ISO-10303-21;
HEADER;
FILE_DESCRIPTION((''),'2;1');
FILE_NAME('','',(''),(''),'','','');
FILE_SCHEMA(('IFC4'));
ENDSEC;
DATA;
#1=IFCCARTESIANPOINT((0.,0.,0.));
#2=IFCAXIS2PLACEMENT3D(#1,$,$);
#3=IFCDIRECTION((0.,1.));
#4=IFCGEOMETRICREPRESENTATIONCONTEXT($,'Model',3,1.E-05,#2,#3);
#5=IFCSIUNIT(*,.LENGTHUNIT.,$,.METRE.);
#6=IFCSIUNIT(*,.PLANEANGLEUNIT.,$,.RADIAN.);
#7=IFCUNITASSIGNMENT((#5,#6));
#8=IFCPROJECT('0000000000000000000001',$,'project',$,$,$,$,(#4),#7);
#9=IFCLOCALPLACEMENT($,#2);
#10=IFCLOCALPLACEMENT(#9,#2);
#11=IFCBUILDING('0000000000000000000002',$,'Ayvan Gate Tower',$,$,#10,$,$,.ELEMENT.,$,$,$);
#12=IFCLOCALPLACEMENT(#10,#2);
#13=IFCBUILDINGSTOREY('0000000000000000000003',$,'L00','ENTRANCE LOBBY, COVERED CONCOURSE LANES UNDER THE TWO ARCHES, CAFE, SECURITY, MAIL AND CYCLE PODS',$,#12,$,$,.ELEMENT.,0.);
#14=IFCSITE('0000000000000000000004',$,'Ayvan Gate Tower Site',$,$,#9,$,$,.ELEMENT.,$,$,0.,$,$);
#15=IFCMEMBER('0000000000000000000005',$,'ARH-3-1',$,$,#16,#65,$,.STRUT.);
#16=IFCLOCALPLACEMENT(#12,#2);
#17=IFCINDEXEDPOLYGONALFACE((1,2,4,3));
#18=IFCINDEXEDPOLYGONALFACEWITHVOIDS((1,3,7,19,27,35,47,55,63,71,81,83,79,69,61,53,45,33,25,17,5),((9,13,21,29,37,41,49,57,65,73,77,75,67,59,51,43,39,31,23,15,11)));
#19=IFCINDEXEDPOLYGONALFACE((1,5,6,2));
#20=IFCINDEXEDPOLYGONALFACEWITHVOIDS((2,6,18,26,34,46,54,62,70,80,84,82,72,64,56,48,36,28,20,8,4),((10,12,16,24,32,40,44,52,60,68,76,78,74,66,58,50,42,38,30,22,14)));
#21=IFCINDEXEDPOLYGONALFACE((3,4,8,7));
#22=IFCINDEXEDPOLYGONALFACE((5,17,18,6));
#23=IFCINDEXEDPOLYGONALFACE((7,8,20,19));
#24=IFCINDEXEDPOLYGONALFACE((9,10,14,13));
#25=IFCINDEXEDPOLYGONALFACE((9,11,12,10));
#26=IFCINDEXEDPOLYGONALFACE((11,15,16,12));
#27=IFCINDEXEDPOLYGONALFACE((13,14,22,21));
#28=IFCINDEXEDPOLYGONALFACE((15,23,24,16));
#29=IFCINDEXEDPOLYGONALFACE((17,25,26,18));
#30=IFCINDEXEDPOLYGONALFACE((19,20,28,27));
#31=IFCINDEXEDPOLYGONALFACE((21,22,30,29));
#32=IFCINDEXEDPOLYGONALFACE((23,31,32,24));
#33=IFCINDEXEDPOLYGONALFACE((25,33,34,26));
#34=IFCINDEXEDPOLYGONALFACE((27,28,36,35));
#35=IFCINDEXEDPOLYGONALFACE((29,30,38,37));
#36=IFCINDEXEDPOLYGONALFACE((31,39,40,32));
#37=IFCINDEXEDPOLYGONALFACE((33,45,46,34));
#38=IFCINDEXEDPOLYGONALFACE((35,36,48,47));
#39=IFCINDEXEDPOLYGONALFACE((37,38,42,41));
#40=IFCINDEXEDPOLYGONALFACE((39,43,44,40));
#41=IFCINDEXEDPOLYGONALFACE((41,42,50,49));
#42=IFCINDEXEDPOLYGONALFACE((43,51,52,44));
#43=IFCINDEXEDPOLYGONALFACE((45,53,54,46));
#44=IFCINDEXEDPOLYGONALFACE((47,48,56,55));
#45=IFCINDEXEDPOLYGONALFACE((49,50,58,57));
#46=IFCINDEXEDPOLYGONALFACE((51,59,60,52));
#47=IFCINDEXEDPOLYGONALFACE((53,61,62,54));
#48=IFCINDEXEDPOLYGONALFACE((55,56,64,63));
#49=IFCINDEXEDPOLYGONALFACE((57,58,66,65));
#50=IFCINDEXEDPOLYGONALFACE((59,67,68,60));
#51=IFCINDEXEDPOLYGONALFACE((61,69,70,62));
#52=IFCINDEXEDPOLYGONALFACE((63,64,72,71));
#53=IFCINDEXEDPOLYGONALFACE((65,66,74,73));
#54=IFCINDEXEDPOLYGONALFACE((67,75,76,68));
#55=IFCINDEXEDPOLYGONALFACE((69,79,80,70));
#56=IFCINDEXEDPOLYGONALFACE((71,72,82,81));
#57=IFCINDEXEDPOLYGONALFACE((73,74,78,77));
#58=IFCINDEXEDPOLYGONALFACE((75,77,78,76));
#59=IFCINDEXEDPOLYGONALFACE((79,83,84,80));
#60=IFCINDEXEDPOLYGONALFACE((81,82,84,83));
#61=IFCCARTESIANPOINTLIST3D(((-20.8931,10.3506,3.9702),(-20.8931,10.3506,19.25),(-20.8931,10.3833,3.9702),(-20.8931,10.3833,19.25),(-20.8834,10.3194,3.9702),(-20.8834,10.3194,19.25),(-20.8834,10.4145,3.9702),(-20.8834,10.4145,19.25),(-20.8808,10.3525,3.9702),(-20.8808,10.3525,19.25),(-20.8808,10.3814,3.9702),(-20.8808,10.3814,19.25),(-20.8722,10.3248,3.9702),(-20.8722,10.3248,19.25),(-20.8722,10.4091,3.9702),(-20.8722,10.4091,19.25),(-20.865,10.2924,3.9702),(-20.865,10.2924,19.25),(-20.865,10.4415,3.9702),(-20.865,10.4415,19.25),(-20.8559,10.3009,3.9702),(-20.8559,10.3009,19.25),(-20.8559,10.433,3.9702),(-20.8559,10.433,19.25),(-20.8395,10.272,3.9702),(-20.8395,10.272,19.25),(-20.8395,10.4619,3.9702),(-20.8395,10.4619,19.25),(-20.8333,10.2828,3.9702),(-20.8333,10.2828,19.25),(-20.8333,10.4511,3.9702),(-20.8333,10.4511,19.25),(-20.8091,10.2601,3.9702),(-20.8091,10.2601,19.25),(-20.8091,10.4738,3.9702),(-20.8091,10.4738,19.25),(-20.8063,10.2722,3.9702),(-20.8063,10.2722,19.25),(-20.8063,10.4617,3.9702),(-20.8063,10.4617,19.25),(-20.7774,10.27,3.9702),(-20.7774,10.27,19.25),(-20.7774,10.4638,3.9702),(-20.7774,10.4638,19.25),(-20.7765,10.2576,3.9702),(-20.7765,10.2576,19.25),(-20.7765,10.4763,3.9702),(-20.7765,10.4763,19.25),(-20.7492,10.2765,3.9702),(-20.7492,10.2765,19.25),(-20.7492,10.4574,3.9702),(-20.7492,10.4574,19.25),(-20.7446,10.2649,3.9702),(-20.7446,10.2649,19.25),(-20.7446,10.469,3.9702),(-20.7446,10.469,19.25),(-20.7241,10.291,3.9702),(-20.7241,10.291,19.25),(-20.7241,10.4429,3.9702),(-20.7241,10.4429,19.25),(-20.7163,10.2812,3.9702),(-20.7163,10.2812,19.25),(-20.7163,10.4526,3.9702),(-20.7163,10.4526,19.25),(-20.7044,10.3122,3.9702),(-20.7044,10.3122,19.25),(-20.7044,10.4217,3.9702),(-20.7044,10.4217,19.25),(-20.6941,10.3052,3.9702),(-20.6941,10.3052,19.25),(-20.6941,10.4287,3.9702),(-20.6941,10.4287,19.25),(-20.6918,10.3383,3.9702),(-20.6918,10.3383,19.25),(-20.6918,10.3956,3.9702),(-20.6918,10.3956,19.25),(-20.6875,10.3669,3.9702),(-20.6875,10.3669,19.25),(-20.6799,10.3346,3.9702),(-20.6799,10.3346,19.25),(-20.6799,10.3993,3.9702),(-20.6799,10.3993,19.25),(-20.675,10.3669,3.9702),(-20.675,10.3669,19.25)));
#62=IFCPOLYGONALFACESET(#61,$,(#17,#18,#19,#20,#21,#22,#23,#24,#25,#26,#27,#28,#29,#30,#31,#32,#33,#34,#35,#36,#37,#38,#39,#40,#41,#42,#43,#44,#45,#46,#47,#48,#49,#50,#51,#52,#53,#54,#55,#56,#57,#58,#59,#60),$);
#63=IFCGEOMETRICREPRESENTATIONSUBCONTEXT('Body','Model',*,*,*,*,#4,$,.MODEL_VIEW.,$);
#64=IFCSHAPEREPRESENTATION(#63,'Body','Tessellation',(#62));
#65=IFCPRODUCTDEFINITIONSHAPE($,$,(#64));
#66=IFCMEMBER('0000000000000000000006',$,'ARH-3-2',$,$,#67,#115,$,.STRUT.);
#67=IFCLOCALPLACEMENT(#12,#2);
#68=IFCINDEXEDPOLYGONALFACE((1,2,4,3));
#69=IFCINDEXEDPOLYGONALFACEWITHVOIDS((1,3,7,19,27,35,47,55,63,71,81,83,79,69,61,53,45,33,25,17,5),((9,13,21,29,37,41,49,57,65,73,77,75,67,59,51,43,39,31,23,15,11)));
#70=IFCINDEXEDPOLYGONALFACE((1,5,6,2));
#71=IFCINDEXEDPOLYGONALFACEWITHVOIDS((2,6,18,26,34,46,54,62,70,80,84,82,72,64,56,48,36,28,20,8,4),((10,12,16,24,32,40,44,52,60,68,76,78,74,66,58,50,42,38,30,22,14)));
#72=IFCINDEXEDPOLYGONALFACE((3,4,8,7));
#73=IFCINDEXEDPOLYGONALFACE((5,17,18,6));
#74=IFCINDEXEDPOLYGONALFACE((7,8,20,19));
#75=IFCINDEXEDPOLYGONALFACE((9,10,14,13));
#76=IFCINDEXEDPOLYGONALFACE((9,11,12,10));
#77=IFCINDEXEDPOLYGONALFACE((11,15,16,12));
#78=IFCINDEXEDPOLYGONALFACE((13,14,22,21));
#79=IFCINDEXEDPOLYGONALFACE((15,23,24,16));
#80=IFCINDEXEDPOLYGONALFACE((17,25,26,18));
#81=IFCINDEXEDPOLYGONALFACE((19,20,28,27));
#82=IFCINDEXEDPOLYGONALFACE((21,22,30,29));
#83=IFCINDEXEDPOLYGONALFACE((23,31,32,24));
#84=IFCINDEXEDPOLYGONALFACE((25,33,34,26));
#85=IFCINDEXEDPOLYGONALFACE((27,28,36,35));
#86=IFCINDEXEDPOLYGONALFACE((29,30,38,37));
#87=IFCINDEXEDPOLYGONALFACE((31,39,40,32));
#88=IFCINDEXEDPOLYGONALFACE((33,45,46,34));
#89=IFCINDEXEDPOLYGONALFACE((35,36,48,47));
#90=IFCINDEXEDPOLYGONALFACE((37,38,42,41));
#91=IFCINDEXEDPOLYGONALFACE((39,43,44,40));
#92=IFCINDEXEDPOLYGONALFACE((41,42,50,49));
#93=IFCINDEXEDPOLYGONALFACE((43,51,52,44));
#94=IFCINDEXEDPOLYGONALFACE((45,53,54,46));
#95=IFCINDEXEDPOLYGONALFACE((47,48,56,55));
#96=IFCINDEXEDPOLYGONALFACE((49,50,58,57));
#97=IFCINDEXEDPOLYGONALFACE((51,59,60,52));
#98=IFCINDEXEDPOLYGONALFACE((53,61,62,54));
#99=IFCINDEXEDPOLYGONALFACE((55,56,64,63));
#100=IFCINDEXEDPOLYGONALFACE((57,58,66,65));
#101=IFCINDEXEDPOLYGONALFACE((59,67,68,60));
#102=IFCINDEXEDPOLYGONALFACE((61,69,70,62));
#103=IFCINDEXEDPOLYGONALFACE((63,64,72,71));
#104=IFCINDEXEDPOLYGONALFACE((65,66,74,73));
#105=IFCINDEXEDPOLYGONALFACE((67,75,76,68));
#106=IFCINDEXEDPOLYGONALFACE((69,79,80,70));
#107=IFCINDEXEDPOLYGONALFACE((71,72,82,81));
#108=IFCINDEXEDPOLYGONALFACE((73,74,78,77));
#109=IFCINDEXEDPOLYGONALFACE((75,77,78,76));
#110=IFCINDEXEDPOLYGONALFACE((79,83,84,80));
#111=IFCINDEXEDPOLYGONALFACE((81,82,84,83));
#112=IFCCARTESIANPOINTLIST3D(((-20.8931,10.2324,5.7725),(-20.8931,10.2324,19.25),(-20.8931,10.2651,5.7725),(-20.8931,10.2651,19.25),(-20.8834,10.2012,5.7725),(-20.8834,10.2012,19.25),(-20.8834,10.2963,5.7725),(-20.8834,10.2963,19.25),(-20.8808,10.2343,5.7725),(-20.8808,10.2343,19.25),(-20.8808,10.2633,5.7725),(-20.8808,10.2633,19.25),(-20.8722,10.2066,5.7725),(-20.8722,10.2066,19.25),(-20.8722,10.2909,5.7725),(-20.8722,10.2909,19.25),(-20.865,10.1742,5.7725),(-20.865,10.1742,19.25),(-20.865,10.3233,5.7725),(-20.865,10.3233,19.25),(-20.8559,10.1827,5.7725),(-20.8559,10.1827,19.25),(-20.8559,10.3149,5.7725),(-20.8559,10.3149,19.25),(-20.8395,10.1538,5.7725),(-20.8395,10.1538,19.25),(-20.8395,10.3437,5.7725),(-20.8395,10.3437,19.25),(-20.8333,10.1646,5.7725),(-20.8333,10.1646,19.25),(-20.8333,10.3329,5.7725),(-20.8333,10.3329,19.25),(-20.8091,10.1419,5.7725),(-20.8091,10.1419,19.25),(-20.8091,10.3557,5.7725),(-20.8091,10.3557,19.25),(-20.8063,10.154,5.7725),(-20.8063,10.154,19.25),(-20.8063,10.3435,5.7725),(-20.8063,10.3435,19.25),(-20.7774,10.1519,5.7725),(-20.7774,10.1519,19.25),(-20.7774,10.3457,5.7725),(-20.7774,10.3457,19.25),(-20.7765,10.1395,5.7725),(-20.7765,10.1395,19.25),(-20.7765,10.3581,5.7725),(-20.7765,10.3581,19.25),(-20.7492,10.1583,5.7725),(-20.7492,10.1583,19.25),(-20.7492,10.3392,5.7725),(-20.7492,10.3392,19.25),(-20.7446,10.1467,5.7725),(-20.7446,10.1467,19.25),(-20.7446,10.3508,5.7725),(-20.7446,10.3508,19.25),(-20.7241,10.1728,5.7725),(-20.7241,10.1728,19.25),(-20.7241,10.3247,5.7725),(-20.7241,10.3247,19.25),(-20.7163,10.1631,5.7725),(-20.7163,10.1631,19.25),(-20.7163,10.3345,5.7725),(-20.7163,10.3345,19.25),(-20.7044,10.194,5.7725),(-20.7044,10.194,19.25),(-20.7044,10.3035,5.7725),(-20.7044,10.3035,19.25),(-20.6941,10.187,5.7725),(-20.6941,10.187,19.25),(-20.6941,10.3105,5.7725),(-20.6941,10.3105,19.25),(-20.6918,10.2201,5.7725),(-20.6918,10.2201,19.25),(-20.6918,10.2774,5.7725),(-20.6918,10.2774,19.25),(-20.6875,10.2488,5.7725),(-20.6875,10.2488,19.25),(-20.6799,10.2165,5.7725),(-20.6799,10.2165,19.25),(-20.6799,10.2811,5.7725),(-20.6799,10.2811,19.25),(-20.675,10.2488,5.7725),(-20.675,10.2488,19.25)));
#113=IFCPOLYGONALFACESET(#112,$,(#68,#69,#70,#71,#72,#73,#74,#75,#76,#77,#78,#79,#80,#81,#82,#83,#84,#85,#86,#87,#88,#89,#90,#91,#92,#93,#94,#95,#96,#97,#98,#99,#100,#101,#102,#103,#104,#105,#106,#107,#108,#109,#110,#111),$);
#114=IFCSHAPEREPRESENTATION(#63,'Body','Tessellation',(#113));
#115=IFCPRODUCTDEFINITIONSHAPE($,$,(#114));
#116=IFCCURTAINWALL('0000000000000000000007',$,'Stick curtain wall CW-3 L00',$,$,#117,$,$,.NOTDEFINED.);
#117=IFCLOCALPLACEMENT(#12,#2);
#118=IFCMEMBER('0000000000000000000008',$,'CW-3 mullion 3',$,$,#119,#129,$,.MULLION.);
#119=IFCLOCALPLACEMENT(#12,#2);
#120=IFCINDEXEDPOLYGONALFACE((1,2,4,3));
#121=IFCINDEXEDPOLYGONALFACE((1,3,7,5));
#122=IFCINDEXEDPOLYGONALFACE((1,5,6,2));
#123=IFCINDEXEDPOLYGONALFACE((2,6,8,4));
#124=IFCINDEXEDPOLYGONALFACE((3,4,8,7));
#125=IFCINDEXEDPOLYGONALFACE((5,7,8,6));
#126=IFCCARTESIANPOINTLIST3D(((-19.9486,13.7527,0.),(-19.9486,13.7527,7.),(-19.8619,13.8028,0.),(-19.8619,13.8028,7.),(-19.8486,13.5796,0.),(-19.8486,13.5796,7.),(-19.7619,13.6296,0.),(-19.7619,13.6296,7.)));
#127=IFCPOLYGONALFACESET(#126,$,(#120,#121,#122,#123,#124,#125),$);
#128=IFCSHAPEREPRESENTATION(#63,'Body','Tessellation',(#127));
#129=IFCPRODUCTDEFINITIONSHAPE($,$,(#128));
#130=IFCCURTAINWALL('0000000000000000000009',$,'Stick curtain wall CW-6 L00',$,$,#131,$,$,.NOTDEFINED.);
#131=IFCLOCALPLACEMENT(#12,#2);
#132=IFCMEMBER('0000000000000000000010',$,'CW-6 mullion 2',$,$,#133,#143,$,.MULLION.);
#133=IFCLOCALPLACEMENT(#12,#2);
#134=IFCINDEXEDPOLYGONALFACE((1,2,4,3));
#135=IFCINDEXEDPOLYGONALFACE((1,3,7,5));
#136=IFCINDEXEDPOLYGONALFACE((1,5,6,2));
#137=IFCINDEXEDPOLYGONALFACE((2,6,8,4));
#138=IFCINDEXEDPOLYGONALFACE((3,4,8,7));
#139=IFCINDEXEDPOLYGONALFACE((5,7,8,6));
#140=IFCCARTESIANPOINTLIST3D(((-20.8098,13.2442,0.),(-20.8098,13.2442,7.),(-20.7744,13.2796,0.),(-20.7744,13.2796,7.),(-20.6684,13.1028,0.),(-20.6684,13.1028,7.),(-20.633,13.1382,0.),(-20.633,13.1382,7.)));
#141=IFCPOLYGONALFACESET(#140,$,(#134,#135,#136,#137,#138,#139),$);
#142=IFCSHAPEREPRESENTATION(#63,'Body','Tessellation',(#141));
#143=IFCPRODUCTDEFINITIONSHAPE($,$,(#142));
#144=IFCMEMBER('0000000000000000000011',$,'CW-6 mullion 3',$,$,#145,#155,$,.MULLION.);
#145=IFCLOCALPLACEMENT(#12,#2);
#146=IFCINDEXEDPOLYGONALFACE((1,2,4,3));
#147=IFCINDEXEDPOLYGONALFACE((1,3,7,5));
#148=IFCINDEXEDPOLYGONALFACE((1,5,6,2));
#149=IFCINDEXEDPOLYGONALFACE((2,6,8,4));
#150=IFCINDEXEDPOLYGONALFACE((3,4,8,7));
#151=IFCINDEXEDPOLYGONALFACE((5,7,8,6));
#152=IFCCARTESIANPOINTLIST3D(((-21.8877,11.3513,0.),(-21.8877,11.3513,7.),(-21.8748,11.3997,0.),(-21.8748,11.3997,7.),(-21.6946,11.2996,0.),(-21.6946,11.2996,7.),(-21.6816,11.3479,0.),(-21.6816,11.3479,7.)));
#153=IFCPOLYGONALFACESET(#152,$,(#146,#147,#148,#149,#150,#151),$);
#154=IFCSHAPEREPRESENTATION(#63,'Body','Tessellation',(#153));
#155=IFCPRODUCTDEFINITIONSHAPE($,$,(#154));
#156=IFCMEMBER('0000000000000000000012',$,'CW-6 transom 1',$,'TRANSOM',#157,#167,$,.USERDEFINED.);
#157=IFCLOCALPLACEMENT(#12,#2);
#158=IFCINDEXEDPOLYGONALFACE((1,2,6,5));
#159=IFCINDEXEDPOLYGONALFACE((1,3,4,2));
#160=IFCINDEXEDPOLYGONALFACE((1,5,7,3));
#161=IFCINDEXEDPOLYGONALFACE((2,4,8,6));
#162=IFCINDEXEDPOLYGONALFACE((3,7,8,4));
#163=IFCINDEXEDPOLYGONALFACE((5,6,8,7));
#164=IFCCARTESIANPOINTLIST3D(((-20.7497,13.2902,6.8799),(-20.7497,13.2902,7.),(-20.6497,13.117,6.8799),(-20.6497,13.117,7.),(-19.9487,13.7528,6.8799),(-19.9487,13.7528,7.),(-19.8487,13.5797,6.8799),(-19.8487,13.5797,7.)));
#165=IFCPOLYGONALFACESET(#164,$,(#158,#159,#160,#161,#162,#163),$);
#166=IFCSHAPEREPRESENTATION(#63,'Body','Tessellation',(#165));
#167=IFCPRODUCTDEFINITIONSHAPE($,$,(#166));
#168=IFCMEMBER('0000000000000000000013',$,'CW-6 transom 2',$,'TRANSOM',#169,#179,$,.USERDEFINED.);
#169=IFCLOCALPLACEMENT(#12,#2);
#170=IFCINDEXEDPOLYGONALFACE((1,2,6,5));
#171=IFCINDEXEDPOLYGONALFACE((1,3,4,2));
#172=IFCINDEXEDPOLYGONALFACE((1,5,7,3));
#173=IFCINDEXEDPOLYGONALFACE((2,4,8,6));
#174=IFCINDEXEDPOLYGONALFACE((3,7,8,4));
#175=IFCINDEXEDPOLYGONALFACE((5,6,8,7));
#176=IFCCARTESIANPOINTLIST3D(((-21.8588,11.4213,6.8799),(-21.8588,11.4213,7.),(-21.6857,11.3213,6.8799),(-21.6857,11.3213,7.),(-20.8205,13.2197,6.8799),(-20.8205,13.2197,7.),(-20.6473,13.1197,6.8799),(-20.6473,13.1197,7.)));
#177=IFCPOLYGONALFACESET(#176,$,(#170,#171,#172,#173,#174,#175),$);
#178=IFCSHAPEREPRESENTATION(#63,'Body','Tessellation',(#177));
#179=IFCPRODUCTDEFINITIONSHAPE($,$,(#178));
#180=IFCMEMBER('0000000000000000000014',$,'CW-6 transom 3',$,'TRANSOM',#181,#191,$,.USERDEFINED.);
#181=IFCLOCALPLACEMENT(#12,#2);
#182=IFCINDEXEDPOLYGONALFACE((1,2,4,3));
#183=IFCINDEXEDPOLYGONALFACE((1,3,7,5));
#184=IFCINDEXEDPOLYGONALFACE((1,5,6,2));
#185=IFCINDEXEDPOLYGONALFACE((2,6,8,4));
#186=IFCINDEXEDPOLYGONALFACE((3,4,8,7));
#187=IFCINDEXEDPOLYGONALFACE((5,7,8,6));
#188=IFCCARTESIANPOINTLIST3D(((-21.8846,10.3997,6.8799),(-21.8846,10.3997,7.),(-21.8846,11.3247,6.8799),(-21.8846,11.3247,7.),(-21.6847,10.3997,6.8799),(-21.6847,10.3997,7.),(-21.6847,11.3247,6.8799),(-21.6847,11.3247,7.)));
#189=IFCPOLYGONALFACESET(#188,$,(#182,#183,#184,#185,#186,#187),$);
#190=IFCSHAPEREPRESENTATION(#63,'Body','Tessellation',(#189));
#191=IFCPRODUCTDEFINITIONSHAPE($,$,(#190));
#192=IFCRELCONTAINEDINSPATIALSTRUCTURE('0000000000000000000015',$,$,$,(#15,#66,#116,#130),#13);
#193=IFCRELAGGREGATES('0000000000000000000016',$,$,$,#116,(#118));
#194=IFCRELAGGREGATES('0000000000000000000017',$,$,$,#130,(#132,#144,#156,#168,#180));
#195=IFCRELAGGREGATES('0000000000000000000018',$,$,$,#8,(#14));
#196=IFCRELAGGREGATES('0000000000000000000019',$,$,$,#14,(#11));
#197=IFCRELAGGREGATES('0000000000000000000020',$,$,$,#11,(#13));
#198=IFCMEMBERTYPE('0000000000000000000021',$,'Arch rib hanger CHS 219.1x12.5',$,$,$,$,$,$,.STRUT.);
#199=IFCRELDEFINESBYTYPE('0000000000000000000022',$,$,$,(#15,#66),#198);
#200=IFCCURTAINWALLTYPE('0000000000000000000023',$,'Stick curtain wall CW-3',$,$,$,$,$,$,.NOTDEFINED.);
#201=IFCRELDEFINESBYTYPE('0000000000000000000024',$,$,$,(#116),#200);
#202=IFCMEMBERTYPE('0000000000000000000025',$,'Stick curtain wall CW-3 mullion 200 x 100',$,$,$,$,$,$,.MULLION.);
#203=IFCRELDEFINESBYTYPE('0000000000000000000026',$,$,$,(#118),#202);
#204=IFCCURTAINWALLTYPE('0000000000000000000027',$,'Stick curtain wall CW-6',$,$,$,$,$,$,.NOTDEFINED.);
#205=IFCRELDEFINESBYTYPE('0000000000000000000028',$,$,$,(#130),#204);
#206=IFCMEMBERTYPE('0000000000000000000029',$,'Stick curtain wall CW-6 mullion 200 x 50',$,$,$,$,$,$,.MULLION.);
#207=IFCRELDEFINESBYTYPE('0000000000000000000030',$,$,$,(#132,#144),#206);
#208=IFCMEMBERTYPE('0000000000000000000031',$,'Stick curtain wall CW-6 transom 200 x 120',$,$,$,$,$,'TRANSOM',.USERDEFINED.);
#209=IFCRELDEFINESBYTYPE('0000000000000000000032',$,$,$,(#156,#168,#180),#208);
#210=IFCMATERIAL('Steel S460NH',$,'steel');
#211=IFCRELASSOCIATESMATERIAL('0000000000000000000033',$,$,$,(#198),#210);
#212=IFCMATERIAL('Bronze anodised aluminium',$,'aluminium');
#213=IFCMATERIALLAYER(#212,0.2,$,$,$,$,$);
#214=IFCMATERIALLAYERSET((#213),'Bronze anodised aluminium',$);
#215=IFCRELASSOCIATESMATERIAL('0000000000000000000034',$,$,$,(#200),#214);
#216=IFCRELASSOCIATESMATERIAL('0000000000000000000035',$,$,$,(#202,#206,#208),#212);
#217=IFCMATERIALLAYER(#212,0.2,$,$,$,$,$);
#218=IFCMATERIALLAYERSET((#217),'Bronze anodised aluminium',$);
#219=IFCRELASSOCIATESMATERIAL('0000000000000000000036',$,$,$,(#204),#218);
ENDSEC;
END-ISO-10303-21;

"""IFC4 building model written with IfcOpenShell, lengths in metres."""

from ifc_helpers import new_model, si_unit, direction, frame, origin, origin_2d, place, context, subcontext, project, spatial, rectangle, hollow_circle, extrude, material, layer, layer_set, material_profile, profile_set, type_object, element, aggregate, save


model = new_model("IFC4")

# Units and contexts
model_context = context("Model", 3, precision=1e-05, world=origin(), true_north=direction((0.0, 1.0)))
body_context = subcontext(model_context, "Body", "Model", "MODEL_VIEW")
ifc_project = project(units=[si_unit("LENGTHUNIT", "METRE"), si_unit("PLANEANGLEUNIT", "RADIAN")], contexts=[model_context])

# Site, building, storey
site_placement = place(None, origin())
site = spatial("IfcSite", under=ifc_project, at=site_placement, Name="Ayvan Gate Tower Site", CompositionType="ELEMENT", RefElevation=0.0)
building_placement = place(site_placement, origin())
building = spatial("IfcBuilding", under=site, at=building_placement, Name="Ayvan Gate Tower", CompositionType="ELEMENT")
storey_placement = place(building_placement, origin())
storey = spatial("IfcBuildingStorey", under=building, at=storey_placement, Name="L00", Description="ENTRANCE LOBBY, COVERED CONCOURSE LANES UNDER THE TWO ARCHES, CAFE, SECURITY, MAIL AND CYCLE PODS", CompositionType="ELEMENT", Elevation=0.0)

# Members
ifc_material_1 = material(Name="Steel S460NH", Category="steel")
ifc_material_profile_1 = material_profile(ifc_material_1, hollow_circle(Radius=0.1096, WallThickness=0.0125, at=origin_2d()), Name="CHS 219.1x12.5")
ifc_profile_set_1 = profile_set([ifc_material_profile_1], Name="Steel S460NH")
member_type_1 = type_object("IfcMemberType", Name="Arch rib hanger CHS 219.1x12.5", PredefinedType="STRUT", material=ifc_profile_set_1)
member_1_placement = place(storey_placement, frame((-20.7847, 10.3669, 3.9702), z_axis=(0.0, 0.0, 1.0), x_axis=(1.0, 0.0, 0.0)))
element("IfcMember", 1, at=member_1_placement, inside=storey, type_object=member_type_1, Name="ARH-3-1", PredefinedType="STRUT", context=body_context, shape_type="SweptSolid", body=[
    extrude(hollow_circle(Radius=0.1096, WallThickness=0.0125, at=origin_2d()), origin(), (0.0, 0.0, 1.0), 15.2798),
])
member_2_placement = place(storey_placement, frame((-20.7847, 10.2488, 5.7725), z_axis=(0.0, 0.0, 1.0), x_axis=(1.0, 0.0, 0.0)))
element("IfcMember", 2, at=member_2_placement, inside=storey, type_object=member_type_1, Name="ARH-3-2", PredefinedType="STRUT", context=body_context, shape_type="SweptSolid", body=[
    extrude(hollow_circle(Radius=0.1096, WallThickness=0.0125, at=origin_2d()), origin(), (0.0, 0.0, 1.0), 13.4775),
])

# Curtain wall, member
ifc_material_2 = material(Name="Bronze anodised aluminium", Category="aluminium")
ifc_layer_1 = layer(ifc_material_2, 0.2)
ifc_layer_set_1 = layer_set([ifc_layer_1], Name="Bronze anodised aluminium")
curtain_wall_type_1 = type_object("IfcCurtainWallType", Name="Stick curtain wall CW-3", PredefinedType="NOTDEFINED", material=ifc_layer_set_1)
curtain_wall_1_placement = place(storey_placement, origin())
curtain_wall_1 = element("IfcCurtainWall", 3, at=curtain_wall_1_placement, inside=storey, type_object=curtain_wall_type_1, Name="Stick curtain wall CW-3 L00", PredefinedType="NOTDEFINED")
ifc_material_profile_2 = material_profile(ifc_material_2, rectangle(XDim=0.2, YDim=0.1001, at=origin_2d()), Name="Stick curtain wall CW-3 mullion 200 x 100")
ifc_profile_set_2 = profile_set([ifc_material_profile_2], Name="Bronze anodised aluminium")
member_type_2 = type_object("IfcMemberType", Name="Stick curtain wall CW-3 mullion 200 x 100", PredefinedType="MULLION", material=ifc_profile_set_2)
member_3_placement = place(storey_placement, frame((-19.8552, 13.6912, 0.0), z_axis=(0.0, 0.0, 1.0), x_axis=(-0.5, 0.866025, 0.0)))
member_3 = element("IfcMember", 4, at=member_3_placement, type_object=member_type_2, Name="CW-3 mullion 3", PredefinedType="MULLION", context=body_context, shape_type="SweptSolid", body=[
    extrude(rectangle(XDim=0.2, YDim=0.1001, at=origin_2d()), origin(), (0.0, 0.0, 1.0), 7.0),
])

# Curtain wall, members
ifc_layer_2 = layer(ifc_material_2, 0.2)
ifc_layer_set_2 = layer_set([ifc_layer_2], Name="Bronze anodised aluminium")
curtain_wall_type_2 = type_object("IfcCurtainWallType", Name="Stick curtain wall CW-6", PredefinedType="NOTDEFINED", material=ifc_layer_set_2)
curtain_wall_2_placement = place(storey_placement, origin())
curtain_wall_2 = element("IfcCurtainWall", 5, at=curtain_wall_2_placement, inside=storey, type_object=curtain_wall_type_2, Name="Stick curtain wall CW-6 L00", PredefinedType="NOTDEFINED")
ifc_material_profile_3 = material_profile(ifc_material_2, rectangle(XDim=0.2, YDim=0.05, at=origin_2d()), Name="Stick curtain wall CW-6 mullion 200 x 50")
ifc_profile_set_3 = profile_set([ifc_material_profile_3], Name="Bronze anodised aluminium")
member_type_3 = type_object("IfcMemberType", Name="Stick curtain wall CW-6 mullion 200 x 50", PredefinedType="MULLION", material=ifc_profile_set_3)
member_4_placement = place(storey_placement, frame((-20.7214, 13.1912, 0.0), z_axis=(0.0, 0.0, 1.0), x_axis=(-0.707107, 0.707107, 0.0)))
member_4 = element("IfcMember", 6, at=member_4_placement, type_object=member_type_3, Name="CW-6 mullion 2", PredefinedType="MULLION", context=body_context, shape_type="SweptSolid", body=[
    extrude(rectangle(XDim=0.2, YDim=0.05, at=origin_2d()), origin(), (0.0, 0.0, 1.0), 7.0),
])
member_5_placement = place(storey_placement, frame((-21.7847, 11.3496, 0.0), z_axis=(0.0, 0.0, 1.0), x_axis=(-0.965926, 0.258819, 0.0)))
member_5 = element("IfcMember", 7, at=member_5_placement, type_object=member_type_3, Name="CW-6 mullion 3", PredefinedType="MULLION", context=body_context, shape_type="SweptSolid", body=[
    extrude(rectangle(XDim=0.2, YDim=0.05, at=origin_2d()), origin(), (0.0, 0.0, 1.0), 7.0),
])
ifc_material_profile_4 = material_profile(ifc_material_2, rectangle(XDim=0.2, YDim=0.1201, at=origin_2d()), Name="Stick curtain wall CW-6 transom 200 x 120")
ifc_profile_set_4 = profile_set([ifc_material_profile_4], Name="Bronze anodised aluminium")
member_type_4 = type_object("IfcMemberType", Name="Stick curtain wall CW-6 transom 200 x 120", ElementType="TRANSOM", PredefinedType="USERDEFINED", material=ifc_profile_set_4)
member_6_placement = place(storey_placement, frame((-19.8987, 13.6663, 6.9399), z_axis=(-0.865944, -0.500141, 0.0), x_axis=(0.500141, -0.865944, 0.0)))
member_6 = element("IfcMember", 8, at=member_6_placement, type_object=member_type_4, Name="CW-6 transom 1", ObjectType="TRANSOM", PredefinedType="USERDEFINED", context=body_context, shape_type="SweptSolid", body=[
    extrude(rectangle(XDim=0.2, YDim=0.1201, at=origin_2d()), origin(), (0.0, 0.0, 1.0), 0.925),
])
member_7_placement = place(storey_placement, frame((-20.7339, 13.1697, 6.9399), z_axis=(-0.500021, -0.866013, 0.0), x_axis=(0.866013, -0.500021, 0.0)))
member_7 = element("IfcMember", 9, at=member_7_placement, type_object=member_type_4, Name="CW-6 transom 2", ObjectType="TRANSOM", PredefinedType="USERDEFINED", context=body_context, shape_type="SweptSolid", body=[
    extrude(rectangle(XDim=0.2, YDim=0.1201, at=origin_2d()), origin(), (0.0, 0.0, 1.0), 2.0767),
])
member_8_placement = place(storey_placement, frame((-21.7847, 11.3247, 6.9399), z_axis=(0.0, -1.0, 0.0), x_axis=(1.0, 0.0, 0.0)))
member_8 = element("IfcMember", 10, at=member_8_placement, type_object=member_type_4, Name="CW-6 transom 3", ObjectType="TRANSOM", PredefinedType="USERDEFINED", context=body_context, shape_type="SweptSolid", body=[
    extrude(rectangle(XDim=0.2, YDim=0.1201, at=origin_2d()), origin(), (0.0, 0.0, 1.0), 0.925),
])

aggregate(curtain_wall_1, [member_3])
aggregate(curtain_wall_2, [member_4, member_5, member_6, member_7, member_8])

save(model, "model.ifc")
